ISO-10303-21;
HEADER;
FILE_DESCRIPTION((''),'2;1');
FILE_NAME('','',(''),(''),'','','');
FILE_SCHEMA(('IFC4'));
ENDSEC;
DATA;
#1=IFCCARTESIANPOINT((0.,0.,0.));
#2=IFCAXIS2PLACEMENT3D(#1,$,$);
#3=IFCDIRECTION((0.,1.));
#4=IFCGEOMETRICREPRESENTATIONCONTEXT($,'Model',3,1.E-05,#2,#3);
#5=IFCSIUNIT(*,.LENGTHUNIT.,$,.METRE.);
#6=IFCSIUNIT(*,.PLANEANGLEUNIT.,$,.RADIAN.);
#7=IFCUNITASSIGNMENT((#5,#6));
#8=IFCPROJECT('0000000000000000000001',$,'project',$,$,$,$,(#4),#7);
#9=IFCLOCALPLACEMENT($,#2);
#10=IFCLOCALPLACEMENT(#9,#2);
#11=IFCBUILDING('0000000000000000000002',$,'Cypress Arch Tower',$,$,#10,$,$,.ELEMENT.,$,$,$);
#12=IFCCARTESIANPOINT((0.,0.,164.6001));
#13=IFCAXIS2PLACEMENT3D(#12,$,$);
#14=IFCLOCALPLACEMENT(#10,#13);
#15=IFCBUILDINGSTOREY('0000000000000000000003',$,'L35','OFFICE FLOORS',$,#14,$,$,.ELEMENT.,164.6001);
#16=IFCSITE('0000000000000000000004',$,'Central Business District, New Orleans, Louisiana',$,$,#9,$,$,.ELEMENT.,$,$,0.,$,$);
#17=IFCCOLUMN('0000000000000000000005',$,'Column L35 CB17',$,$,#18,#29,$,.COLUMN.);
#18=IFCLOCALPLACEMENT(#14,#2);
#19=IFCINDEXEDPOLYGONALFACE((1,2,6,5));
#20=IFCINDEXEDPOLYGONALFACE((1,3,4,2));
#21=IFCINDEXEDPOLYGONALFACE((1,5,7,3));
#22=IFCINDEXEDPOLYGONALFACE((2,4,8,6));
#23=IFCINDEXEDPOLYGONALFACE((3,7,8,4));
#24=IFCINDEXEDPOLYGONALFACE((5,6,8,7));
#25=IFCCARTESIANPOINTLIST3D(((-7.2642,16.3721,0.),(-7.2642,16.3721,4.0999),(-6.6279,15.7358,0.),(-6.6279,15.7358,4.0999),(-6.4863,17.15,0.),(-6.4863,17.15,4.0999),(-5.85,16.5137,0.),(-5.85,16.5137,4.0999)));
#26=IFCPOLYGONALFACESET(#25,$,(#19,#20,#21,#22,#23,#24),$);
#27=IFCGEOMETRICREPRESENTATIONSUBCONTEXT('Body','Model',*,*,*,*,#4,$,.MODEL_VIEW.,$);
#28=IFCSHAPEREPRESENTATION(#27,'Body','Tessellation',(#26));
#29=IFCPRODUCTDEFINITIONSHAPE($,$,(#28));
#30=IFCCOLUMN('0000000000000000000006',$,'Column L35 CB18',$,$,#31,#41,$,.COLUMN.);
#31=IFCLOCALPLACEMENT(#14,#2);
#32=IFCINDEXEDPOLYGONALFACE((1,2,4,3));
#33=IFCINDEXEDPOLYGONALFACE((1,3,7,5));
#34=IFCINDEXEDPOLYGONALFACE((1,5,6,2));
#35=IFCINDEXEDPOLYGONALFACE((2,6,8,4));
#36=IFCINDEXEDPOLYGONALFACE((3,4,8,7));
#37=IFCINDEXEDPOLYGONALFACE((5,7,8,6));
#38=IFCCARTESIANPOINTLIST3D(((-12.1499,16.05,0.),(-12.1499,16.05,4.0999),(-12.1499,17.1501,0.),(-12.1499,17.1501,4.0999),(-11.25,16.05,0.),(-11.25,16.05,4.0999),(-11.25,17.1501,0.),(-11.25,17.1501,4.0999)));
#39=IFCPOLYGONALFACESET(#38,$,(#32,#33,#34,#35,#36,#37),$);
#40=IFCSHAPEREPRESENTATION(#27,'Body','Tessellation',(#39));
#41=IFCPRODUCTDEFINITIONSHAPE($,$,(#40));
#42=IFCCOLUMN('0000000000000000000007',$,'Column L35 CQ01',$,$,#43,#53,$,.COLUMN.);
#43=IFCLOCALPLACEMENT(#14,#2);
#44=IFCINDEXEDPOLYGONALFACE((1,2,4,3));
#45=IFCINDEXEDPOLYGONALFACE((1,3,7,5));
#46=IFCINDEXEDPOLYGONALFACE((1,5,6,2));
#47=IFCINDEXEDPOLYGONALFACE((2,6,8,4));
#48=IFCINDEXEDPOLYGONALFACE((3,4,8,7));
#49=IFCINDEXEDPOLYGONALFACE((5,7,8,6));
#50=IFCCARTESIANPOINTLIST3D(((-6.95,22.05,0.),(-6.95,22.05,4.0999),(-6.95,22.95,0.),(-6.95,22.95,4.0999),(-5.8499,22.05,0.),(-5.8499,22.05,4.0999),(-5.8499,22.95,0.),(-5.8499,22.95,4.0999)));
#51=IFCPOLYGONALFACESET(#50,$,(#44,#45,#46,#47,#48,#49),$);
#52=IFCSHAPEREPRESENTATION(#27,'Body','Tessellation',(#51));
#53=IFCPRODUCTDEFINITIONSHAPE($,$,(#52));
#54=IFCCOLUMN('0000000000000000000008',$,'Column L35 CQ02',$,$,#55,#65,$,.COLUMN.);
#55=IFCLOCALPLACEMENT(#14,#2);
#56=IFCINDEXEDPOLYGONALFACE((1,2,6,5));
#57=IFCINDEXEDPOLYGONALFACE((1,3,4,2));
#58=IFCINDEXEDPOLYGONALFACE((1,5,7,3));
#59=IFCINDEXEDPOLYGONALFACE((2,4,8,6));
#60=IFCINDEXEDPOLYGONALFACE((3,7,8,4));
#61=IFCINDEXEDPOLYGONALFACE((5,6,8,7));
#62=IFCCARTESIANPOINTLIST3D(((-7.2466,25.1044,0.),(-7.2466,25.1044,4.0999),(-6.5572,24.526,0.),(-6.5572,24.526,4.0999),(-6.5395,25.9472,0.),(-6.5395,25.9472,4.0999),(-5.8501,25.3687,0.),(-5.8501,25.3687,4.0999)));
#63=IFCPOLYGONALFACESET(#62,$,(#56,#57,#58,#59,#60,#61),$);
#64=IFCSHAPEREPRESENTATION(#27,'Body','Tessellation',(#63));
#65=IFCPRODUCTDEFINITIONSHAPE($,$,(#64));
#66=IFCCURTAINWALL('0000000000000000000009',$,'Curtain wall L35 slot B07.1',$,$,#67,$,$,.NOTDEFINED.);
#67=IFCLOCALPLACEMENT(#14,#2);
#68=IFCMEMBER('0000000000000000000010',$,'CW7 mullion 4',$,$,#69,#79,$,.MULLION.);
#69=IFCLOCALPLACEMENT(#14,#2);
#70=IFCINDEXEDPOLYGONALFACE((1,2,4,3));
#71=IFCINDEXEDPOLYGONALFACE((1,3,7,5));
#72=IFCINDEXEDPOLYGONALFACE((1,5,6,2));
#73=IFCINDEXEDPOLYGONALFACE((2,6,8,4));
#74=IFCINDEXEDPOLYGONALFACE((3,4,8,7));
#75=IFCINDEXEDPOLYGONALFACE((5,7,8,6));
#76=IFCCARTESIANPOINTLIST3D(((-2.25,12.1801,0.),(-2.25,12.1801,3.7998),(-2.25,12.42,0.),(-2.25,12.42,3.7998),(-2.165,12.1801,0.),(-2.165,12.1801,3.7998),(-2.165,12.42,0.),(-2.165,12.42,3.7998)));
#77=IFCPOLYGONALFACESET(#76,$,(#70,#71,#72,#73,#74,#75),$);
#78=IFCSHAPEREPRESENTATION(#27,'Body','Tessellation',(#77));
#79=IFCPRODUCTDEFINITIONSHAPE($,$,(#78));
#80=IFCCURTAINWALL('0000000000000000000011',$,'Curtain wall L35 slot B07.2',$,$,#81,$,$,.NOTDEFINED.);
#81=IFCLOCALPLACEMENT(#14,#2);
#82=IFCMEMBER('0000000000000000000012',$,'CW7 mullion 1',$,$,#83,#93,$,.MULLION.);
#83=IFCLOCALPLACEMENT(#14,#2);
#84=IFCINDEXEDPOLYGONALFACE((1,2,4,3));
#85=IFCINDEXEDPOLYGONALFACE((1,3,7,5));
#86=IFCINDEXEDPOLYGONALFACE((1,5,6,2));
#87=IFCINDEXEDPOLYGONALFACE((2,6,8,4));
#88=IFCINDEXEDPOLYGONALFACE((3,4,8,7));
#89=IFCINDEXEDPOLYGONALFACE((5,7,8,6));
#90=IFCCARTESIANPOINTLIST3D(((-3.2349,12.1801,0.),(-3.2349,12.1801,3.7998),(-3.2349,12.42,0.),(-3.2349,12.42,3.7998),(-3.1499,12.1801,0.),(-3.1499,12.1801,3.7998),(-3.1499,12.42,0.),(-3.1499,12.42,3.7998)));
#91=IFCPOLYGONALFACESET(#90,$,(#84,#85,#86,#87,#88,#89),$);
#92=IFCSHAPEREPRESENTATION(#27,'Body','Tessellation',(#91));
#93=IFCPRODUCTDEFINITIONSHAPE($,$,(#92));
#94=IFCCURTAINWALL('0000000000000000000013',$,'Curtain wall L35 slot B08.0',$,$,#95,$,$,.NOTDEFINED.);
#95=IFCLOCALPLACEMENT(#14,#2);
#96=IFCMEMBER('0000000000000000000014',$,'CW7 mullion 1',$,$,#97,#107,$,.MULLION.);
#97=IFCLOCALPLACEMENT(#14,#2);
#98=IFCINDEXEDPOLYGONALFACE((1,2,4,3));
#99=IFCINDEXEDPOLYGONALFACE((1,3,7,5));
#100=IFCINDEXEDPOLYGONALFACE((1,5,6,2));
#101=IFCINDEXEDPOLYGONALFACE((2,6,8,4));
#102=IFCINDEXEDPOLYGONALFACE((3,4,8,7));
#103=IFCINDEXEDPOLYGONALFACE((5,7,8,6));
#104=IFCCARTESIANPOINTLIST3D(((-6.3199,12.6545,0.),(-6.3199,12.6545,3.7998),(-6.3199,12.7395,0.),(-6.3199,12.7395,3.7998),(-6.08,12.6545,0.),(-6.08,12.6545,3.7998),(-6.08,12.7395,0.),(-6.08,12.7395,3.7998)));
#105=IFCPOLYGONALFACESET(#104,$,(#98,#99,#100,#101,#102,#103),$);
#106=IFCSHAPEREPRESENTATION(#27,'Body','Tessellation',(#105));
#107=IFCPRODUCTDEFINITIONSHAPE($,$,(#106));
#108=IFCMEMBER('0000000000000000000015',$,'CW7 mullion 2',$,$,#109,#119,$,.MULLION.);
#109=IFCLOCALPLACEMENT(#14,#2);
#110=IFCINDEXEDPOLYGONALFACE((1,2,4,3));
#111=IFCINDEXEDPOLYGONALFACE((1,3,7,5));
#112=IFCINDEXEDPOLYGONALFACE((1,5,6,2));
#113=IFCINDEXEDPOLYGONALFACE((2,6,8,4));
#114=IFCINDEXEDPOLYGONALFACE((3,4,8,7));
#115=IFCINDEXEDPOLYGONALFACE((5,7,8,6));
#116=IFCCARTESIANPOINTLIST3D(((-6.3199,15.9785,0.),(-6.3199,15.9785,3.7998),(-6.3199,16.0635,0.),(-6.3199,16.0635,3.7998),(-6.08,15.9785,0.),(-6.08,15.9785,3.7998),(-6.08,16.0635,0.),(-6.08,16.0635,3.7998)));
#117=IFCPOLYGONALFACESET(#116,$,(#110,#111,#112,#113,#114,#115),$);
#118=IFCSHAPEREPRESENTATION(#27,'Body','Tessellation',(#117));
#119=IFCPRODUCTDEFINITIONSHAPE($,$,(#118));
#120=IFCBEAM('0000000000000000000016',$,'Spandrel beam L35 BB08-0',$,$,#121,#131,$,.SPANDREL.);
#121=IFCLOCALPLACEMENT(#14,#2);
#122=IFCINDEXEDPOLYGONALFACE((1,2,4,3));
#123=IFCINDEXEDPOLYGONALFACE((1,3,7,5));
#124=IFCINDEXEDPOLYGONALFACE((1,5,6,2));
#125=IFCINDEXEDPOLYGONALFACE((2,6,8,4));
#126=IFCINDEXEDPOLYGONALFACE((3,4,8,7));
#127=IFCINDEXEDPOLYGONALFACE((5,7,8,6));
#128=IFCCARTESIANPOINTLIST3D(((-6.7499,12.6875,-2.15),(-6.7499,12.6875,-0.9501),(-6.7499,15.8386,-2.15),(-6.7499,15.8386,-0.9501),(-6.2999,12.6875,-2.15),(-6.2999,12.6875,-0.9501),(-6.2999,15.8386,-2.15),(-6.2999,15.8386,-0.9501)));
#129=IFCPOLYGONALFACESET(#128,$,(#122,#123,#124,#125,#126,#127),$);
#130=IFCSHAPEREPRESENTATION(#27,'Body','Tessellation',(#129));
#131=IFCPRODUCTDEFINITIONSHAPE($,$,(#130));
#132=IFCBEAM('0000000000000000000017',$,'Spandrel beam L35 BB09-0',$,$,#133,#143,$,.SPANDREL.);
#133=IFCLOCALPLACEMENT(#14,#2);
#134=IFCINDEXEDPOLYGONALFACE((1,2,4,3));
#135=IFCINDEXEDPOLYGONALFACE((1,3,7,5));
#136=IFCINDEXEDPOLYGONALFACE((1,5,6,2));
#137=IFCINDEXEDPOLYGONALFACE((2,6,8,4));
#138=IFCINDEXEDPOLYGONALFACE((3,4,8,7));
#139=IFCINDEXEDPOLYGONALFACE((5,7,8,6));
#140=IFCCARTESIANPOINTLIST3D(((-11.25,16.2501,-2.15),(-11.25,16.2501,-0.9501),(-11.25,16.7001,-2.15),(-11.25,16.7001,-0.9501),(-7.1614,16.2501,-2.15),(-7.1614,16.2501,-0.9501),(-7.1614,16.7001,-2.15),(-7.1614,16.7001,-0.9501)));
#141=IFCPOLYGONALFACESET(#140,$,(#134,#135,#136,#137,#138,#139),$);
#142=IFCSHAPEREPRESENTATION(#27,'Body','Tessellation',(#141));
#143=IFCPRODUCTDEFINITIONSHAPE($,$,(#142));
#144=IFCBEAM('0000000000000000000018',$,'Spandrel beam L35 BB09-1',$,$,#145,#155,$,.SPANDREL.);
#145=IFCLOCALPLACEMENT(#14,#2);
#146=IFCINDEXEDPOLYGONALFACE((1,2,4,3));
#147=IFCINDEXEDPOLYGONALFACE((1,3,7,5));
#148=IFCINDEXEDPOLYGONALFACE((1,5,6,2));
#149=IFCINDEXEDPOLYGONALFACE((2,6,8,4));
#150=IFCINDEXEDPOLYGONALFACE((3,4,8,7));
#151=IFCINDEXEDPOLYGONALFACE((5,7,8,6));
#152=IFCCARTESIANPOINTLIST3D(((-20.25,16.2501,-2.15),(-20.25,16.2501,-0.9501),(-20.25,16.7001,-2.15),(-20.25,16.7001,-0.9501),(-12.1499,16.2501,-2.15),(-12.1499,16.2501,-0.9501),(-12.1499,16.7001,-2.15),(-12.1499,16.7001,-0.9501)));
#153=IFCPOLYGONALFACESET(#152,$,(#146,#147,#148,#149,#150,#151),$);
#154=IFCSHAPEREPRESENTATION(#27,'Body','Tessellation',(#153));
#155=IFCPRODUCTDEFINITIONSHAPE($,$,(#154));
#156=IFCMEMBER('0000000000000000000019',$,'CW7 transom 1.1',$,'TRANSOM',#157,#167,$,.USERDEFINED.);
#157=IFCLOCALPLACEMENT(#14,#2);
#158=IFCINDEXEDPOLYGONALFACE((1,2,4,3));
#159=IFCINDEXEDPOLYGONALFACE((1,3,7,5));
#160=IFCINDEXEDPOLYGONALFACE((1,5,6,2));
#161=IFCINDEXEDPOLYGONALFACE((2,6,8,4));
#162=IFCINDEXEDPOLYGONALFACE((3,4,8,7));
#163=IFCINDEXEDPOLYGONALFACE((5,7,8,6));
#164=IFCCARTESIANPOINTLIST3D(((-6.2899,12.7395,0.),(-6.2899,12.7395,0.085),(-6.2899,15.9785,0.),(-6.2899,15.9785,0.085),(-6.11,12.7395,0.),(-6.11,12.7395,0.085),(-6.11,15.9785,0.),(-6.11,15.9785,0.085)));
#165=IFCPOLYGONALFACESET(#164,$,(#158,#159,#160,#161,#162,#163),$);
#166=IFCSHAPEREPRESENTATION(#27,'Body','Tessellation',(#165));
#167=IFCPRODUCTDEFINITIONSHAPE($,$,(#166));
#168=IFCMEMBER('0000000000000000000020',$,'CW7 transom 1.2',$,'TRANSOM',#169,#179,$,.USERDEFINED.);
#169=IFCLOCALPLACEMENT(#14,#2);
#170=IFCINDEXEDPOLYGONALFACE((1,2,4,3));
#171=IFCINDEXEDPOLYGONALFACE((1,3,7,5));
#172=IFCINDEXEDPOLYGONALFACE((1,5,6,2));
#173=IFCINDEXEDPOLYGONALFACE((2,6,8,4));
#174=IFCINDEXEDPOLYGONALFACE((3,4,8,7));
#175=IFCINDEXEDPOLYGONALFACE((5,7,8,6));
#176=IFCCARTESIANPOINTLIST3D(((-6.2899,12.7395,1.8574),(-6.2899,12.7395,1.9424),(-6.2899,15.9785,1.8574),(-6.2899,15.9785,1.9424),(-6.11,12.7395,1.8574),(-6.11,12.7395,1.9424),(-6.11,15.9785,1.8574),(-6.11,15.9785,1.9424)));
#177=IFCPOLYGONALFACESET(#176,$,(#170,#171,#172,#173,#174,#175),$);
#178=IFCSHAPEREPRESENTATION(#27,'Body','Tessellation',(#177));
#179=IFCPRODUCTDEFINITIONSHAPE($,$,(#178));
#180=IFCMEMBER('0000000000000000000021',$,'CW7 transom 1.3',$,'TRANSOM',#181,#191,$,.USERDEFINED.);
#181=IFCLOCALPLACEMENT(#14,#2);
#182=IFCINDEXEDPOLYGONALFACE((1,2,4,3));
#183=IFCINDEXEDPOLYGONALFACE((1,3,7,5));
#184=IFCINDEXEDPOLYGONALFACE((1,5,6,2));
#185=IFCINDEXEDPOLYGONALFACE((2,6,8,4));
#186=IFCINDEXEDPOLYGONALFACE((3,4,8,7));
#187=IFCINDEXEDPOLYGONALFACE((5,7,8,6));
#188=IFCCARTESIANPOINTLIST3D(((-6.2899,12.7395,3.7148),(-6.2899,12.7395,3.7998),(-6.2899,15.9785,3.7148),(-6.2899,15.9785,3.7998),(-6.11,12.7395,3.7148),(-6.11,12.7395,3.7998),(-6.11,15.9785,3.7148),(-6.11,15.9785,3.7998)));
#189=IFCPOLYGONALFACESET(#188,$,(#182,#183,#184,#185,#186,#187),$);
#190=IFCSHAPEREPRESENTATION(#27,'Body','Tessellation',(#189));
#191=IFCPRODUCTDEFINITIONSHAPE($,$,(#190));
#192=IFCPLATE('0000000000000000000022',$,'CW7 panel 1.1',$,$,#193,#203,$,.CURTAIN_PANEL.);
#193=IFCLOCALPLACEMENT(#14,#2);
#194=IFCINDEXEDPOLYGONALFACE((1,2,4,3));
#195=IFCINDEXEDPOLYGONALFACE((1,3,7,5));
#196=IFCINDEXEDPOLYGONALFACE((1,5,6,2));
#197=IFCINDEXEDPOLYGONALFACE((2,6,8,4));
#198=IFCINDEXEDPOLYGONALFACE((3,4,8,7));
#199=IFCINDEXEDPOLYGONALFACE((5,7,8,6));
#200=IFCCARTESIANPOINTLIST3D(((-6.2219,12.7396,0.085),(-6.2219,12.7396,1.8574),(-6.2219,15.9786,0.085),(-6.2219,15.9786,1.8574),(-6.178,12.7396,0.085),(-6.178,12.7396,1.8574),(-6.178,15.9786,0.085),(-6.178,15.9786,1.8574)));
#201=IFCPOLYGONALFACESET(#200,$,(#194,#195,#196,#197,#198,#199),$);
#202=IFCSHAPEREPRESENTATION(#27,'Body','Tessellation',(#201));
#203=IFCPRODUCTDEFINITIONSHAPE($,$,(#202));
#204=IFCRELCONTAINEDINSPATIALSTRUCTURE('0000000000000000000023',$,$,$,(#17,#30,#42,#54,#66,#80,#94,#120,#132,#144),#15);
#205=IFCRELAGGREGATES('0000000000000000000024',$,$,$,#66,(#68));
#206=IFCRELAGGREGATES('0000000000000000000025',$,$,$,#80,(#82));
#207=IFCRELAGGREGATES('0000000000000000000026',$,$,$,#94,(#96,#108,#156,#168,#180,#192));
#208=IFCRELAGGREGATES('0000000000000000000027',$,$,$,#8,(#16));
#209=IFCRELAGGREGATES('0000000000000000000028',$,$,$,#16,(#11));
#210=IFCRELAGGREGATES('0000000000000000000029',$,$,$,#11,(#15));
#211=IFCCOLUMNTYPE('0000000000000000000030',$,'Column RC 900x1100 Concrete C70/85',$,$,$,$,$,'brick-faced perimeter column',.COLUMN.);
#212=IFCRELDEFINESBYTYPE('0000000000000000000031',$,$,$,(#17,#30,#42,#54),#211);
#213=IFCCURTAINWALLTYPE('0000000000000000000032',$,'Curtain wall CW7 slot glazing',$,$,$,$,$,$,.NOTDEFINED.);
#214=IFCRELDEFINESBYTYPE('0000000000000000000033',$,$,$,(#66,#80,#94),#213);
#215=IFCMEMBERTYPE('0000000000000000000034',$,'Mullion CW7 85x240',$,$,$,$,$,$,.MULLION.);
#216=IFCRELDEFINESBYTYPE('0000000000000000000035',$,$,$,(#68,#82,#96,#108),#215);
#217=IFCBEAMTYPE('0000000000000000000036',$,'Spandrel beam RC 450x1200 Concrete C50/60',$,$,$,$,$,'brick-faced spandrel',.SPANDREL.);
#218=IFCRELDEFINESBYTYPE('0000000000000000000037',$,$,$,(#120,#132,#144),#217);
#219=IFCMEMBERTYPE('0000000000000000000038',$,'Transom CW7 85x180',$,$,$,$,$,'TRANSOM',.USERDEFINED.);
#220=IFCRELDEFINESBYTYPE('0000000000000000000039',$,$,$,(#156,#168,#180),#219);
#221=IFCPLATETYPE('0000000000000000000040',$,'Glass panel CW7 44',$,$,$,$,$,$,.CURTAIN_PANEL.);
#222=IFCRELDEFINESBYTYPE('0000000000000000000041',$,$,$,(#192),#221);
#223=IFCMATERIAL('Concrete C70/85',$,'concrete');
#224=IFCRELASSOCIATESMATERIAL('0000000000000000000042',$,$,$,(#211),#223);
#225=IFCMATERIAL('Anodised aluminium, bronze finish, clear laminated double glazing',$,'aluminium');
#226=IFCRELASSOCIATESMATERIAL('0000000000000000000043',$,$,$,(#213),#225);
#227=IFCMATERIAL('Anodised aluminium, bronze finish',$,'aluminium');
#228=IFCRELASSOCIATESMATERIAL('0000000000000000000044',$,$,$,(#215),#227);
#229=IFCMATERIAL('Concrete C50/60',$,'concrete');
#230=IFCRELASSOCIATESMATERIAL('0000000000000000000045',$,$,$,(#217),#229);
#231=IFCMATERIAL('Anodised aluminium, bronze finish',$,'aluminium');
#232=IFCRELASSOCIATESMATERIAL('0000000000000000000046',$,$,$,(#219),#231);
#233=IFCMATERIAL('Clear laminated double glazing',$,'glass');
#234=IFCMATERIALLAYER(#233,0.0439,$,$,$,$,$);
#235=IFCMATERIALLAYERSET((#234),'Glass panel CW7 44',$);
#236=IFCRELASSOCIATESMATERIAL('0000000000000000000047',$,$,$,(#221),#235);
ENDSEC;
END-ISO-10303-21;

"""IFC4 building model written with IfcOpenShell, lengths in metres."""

from ifc_helpers import new_model, si_unit, direction, frame, origin, origin_2d, place, context, subcontext, project, spatial, rectangle, extrude, material, layer, layer_set, material_profile, profile_set, type_object, element, aggregate, save


model = new_model("IFC4")

# Units and contexts
model_context = context("Model", 3, precision=1e-05, world=origin(), true_north=direction((0.0, 1.0)))
body_context = subcontext(model_context, "Body", "Model", "MODEL_VIEW")
ifc_project = project(units=[si_unit("LENGTHUNIT", "METRE"), si_unit("PLANEANGLEUNIT", "RADIAN")], contexts=[model_context])

# Site, building, storey
site_placement = place(None, origin())
site = spatial("IfcSite", under=ifc_project, at=site_placement, Name="Central Business District, New Orleans, Louisiana", CompositionType="ELEMENT", RefElevation=0.0)
building_placement = place(site_placement, origin())
building = spatial("IfcBuilding", under=site, at=building_placement, Name="Cypress Arch Tower", CompositionType="ELEMENT")
storey_placement = place(building_placement, frame((0.0, 0.0, 164.6001)))
storey = spatial("IfcBuildingStorey", under=building, at=storey_placement, Name="L35", Description="OFFICE FLOORS", CompositionType="ELEMENT", Elevation=164.6001)

# Columns
ifc_material_1 = material(Name="Concrete C70/85", Category="concrete")
ifc_material_profile_1 = material_profile(ifc_material_1, rectangle(XDim=0.8999, YDim=1.1001, at=origin_2d()), Name="RC 900x1100")
ifc_profile_set_1 = profile_set([ifc_material_profile_1], Name="Concrete C70/85")
column_type = type_object("IfcColumnType", Name="Column RC 900x1100 Concrete C70/85", ElementType="brick-faced perimeter column", PredefinedType="COLUMN", material=ifc_profile_set_1)
for number, where, z_axis, x_axis, name in (
    (1, (-6.5571, 16.4429, 0.0), (0.0, 0.0, 1.0), (-0.707107, 0.707107, 0.0), "Column L35 CB17"),
    (2, (-11.7, 16.6001, 0.0), (0.0, 0.0, 1.0), (-1.0, 0.0, 0.0), "Column L35 CB18"),
    (3, (-6.3999, 22.5, 0.0), (0.0, 0.0, 1.0), (0.0, 1.0, 0.0), "Column L35 CQ01"),
    (4, (-6.5483, 25.2366, 0.0), (0.0, 0.0, 1.0), (-0.766064, 0.642765, 0.0), "Column L35 CQ02"),
):
    element("IfcColumn", number, at=place(storey_placement, frame(where, z_axis=z_axis, x_axis=x_axis)), inside=storey, type_object=column_type, Name=name, PredefinedType="COLUMN", context=body_context, shape_type="SweptSolid", body=[
        extrude(rectangle(XDim=0.8999, YDim=1.1001, at=origin_2d()), origin(), (0.0, 0.0, 1.0), 4.0999),
    ])

# Curtain walls, members
ifc_material_2 = material(Name="Anodised aluminium, bronze finish, clear laminated double glazing", Category="aluminium")
curtain_wall_type = type_object("IfcCurtainWallType", Name="Curtain wall CW7 slot glazing", PredefinedType="NOTDEFINED", material=ifc_material_2)
curtain_wall_1_placement = place(storey_placement, origin())
curtain_wall_1 = element("IfcCurtainWall", 5, at=curtain_wall_1_placement, inside=storey, type_object=curtain_wall_type, Name="Curtain wall L35 slot B07.1", PredefinedType="NOTDEFINED")
ifc_material_3 = material(Name="Anodised aluminium, bronze finish", Category="aluminium")
ifc_material_profile_2 = material_profile(ifc_material_3, rectangle(XDim=0.24, YDim=0.085, at=origin_2d()), Name="Mullion 85x240")
ifc_profile_set_2 = profile_set([ifc_material_profile_2], Name="Anodised aluminium, bronze finish")
member_type_1 = type_object("IfcMemberType", Name="Mullion CW7 85x240", PredefinedType="MULLION", material=ifc_profile_set_2)
member_1_placement = place(storey_placement, frame((-2.2075, 12.3, 0.0), z_axis=(0.0, 0.0, 1.0), x_axis=(0.0, -1.0, 0.0)))
member_1 = element("IfcMember", 6, at=member_1_placement, type_object=member_type_1, Name="CW7 mullion 4", PredefinedType="MULLION", context=body_context, shape_type="SweptSolid", body=[
    extrude(rectangle(XDim=0.24, YDim=0.085, at=origin_2d()), origin(), (0.0, 0.0, 1.0), 3.7998),
])
aggregate(curtain_wall_1, [member_1])
curtain_wall_2_placement = place(storey_placement, origin())
curtain_wall_2 = element("IfcCurtainWall", 7, at=curtain_wall_2_placement, inside=storey, type_object=curtain_wall_type, Name="Curtain wall L35 slot B07.2", PredefinedType="NOTDEFINED")
member_2_placement = place(storey_placement, frame((-3.1924, 12.3, 0.0), z_axis=(0.0, 0.0, 1.0), x_axis=(0.0, -1.0, 0.0)))
member_2 = element("IfcMember", 8, at=member_2_placement, type_object=member_type_1, Name="CW7 mullion 1", PredefinedType="MULLION", context=body_context, shape_type="SweptSolid", body=[
    extrude(rectangle(XDim=0.24, YDim=0.085, at=origin_2d()), origin(), (0.0, 0.0, 1.0), 3.7998),
])
aggregate(curtain_wall_2, [member_2])

# Curtain wall, members
curtain_wall_3_placement = place(storey_placement, origin())
curtain_wall_3 = element("IfcCurtainWall", 9, at=curtain_wall_3_placement, inside=storey, type_object=curtain_wall_type, Name="Curtain wall L35 slot B08.0", PredefinedType="NOTDEFINED")
member_3_placement = place(storey_placement, frame((-6.2, 12.697, 0.0), z_axis=(0.0, 0.0, 1.0), x_axis=(-1.0, 0.0, 0.0)))
member_3 = element("IfcMember", 10, at=member_3_placement, type_object=member_type_1, Name="CW7 mullion 1", PredefinedType="MULLION", context=body_context, shape_type="SweptSolid", body=[
    extrude(rectangle(XDim=0.24, YDim=0.085, at=origin_2d()), origin(), (0.0, 0.0, 1.0), 3.7998),
])
member_4_placement = place(storey_placement, frame((-6.2, 16.021, 0.0), z_axis=(0.0, 0.0, 1.0), x_axis=(-1.0, 0.0, 0.0)))
member_4 = element("IfcMember", 11, at=member_4_placement, type_object=member_type_1, Name="CW7 mullion 2", PredefinedType="MULLION", context=body_context, shape_type="SweptSolid", body=[
    extrude(rectangle(XDim=0.24, YDim=0.085, at=origin_2d()), origin(), (0.0, 0.0, 1.0), 3.7998),
])

# Beams
ifc_material_4 = material(Name="Concrete C50/60", Category="concrete")
ifc_material_profile_3 = material_profile(ifc_material_4, rectangle(XDim=0.45, YDim=1.2, at=origin_2d()), Name="RC 450x1200")
ifc_profile_set_3 = profile_set([ifc_material_profile_3], Name="Concrete C50/60")
beam_type = type_object("IfcBeamType", Name="Spandrel beam RC 450x1200 Concrete C50/60", ElementType="brick-faced spandrel", PredefinedType="SPANDREL", material=ifc_profile_set_3)
beam_1_placement = place(storey_placement, frame((-6.5249, 12.6875, -1.55), z_axis=(0.0, 1.0, 0.0), x_axis=(-1.0, 0.0, 0.0)))
element("IfcBeam", 12, at=beam_1_placement, inside=storey, type_object=beam_type, Name="Spandrel beam L35 BB08-0", PredefinedType="SPANDREL", context=body_context, shape_type="SweptSolid", body=[
    extrude(rectangle(XDim=0.45, YDim=1.2, at=origin_2d()), origin(), (0.0, 0.0, 1.0), 3.1511),
])
beam_2_placement = place(storey_placement, frame((-7.1614, 16.4751, -1.55), z_axis=(-1.0, 0.0, 0.0), x_axis=(0.0, -1.0, 0.0)))
element("IfcBeam", 13, at=beam_2_placement, inside=storey, type_object=beam_type, Name="Spandrel beam L35 BB09-0", PredefinedType="SPANDREL", context=body_context, shape_type="SweptSolid", body=[
    extrude(rectangle(XDim=0.45, YDim=1.2, at=origin_2d()), origin(), (0.0, 0.0, 1.0), 4.0886),
])
beam_3_placement = place(storey_placement, frame((-12.1499, 16.4751, -1.55), z_axis=(-1.0, 0.0, 0.0), x_axis=(0.0, -1.0, 0.0)))
element("IfcBeam", 14, at=beam_3_placement, inside=storey, type_object=beam_type, Name="Spandrel beam L35 BB09-1", PredefinedType="SPANDREL", context=body_context, shape_type="SweptSolid", body=[
    extrude(rectangle(XDim=0.45, YDim=1.2, at=origin_2d()), origin(), (0.0, 0.0, 1.0), 8.1001),
])

# Members
ifc_material_5 = material(Name="Anodised aluminium, bronze finish", Category="aluminium")
ifc_material_profile_4 = material_profile(ifc_material_5, rectangle(XDim=0.1799, YDim=0.085, at=origin_2d()), Name="Transom 85x180")
ifc_profile_set_4 = profile_set([ifc_material_profile_4], Name="Anodised aluminium, bronze finish")
member_type_2 = type_object("IfcMemberType", Name="Transom CW7 85x180", ElementType="TRANSOM", PredefinedType="USERDEFINED", material=ifc_profile_set_4)
member_5_placement = place(storey_placement, frame((-6.2, 12.7395, 0.0425), z_axis=(0.0, 1.0, 0.0), x_axis=(-1.0, 0.0, 0.0)))
member_5 = element("IfcMember", 15, at=member_5_placement, type_object=member_type_2, Name="CW7 transom 1.1", ObjectType="TRANSOM", PredefinedType="USERDEFINED", context=body_context, shape_type="SweptSolid", body=[
    extrude(rectangle(XDim=0.1799, YDim=0.085, at=origin_2d()), origin(), (0.0, 0.0, 1.0), 3.239),
])
member_6_placement = place(storey_placement, frame((-6.2, 12.7395, 1.8999), z_axis=(0.0, 1.0, 0.0), x_axis=(-1.0, 0.0, 0.0)))
member_6 = element("IfcMember", 16, at=member_6_placement, type_object=member_type_2, Name="CW7 transom 1.2", ObjectType="TRANSOM", PredefinedType="USERDEFINED", context=body_context, shape_type="SweptSolid", body=[
    extrude(rectangle(XDim=0.1799, YDim=0.085, at=origin_2d()), origin(), (0.0, 0.0, 1.0), 3.239),
])
member_7_placement = place(storey_placement, frame((-6.2, 12.7395, 3.7573), z_axis=(0.0, 1.0, 0.0), x_axis=(-1.0, 0.0, 0.0)))
member_7 = element("IfcMember", 17, at=member_7_placement, type_object=member_type_2, Name="CW7 transom 1.3", ObjectType="TRANSOM", PredefinedType="USERDEFINED", context=body_context, shape_type="SweptSolid", body=[
    extrude(rectangle(XDim=0.1799, YDim=0.085, at=origin_2d()), origin(), (0.0, 0.0, 1.0), 3.239),
])

# Plate
ifc_material_6 = material(Name="Clear laminated double glazing", Category="glass")
ifc_layer_1 = layer(ifc_material_6, 0.0439)
ifc_layer_set_1 = layer_set([ifc_layer_1], Name="Glass panel CW7 44")
plate_type = type_object("IfcPlateType", Name="Glass panel CW7 44", PredefinedType="CURTAIN_PANEL", material=ifc_layer_set_1)
plate_1_placement = place(storey_placement, frame((-6.2, 14.3591, 0.085), z_axis=(0.0, 0.0, 1.0), x_axis=(0.0, 1.0, 0.0)))
plate_1 = element("IfcPlate", 18, at=plate_1_placement, type_object=plate_type, Name="CW7 panel 1.1", PredefinedType="CURTAIN_PANEL", context=body_context, shape_type="SweptSolid", body=[
    extrude(rectangle(XDim=3.239, YDim=0.0439, at=origin_2d()), origin(), (0.0, 0.0, 1.0), 1.7725),
])
aggregate(curtain_wall_3, [member_3, member_4, member_5, member_6, member_7, plate_1])

save(model, "model.ifc")
